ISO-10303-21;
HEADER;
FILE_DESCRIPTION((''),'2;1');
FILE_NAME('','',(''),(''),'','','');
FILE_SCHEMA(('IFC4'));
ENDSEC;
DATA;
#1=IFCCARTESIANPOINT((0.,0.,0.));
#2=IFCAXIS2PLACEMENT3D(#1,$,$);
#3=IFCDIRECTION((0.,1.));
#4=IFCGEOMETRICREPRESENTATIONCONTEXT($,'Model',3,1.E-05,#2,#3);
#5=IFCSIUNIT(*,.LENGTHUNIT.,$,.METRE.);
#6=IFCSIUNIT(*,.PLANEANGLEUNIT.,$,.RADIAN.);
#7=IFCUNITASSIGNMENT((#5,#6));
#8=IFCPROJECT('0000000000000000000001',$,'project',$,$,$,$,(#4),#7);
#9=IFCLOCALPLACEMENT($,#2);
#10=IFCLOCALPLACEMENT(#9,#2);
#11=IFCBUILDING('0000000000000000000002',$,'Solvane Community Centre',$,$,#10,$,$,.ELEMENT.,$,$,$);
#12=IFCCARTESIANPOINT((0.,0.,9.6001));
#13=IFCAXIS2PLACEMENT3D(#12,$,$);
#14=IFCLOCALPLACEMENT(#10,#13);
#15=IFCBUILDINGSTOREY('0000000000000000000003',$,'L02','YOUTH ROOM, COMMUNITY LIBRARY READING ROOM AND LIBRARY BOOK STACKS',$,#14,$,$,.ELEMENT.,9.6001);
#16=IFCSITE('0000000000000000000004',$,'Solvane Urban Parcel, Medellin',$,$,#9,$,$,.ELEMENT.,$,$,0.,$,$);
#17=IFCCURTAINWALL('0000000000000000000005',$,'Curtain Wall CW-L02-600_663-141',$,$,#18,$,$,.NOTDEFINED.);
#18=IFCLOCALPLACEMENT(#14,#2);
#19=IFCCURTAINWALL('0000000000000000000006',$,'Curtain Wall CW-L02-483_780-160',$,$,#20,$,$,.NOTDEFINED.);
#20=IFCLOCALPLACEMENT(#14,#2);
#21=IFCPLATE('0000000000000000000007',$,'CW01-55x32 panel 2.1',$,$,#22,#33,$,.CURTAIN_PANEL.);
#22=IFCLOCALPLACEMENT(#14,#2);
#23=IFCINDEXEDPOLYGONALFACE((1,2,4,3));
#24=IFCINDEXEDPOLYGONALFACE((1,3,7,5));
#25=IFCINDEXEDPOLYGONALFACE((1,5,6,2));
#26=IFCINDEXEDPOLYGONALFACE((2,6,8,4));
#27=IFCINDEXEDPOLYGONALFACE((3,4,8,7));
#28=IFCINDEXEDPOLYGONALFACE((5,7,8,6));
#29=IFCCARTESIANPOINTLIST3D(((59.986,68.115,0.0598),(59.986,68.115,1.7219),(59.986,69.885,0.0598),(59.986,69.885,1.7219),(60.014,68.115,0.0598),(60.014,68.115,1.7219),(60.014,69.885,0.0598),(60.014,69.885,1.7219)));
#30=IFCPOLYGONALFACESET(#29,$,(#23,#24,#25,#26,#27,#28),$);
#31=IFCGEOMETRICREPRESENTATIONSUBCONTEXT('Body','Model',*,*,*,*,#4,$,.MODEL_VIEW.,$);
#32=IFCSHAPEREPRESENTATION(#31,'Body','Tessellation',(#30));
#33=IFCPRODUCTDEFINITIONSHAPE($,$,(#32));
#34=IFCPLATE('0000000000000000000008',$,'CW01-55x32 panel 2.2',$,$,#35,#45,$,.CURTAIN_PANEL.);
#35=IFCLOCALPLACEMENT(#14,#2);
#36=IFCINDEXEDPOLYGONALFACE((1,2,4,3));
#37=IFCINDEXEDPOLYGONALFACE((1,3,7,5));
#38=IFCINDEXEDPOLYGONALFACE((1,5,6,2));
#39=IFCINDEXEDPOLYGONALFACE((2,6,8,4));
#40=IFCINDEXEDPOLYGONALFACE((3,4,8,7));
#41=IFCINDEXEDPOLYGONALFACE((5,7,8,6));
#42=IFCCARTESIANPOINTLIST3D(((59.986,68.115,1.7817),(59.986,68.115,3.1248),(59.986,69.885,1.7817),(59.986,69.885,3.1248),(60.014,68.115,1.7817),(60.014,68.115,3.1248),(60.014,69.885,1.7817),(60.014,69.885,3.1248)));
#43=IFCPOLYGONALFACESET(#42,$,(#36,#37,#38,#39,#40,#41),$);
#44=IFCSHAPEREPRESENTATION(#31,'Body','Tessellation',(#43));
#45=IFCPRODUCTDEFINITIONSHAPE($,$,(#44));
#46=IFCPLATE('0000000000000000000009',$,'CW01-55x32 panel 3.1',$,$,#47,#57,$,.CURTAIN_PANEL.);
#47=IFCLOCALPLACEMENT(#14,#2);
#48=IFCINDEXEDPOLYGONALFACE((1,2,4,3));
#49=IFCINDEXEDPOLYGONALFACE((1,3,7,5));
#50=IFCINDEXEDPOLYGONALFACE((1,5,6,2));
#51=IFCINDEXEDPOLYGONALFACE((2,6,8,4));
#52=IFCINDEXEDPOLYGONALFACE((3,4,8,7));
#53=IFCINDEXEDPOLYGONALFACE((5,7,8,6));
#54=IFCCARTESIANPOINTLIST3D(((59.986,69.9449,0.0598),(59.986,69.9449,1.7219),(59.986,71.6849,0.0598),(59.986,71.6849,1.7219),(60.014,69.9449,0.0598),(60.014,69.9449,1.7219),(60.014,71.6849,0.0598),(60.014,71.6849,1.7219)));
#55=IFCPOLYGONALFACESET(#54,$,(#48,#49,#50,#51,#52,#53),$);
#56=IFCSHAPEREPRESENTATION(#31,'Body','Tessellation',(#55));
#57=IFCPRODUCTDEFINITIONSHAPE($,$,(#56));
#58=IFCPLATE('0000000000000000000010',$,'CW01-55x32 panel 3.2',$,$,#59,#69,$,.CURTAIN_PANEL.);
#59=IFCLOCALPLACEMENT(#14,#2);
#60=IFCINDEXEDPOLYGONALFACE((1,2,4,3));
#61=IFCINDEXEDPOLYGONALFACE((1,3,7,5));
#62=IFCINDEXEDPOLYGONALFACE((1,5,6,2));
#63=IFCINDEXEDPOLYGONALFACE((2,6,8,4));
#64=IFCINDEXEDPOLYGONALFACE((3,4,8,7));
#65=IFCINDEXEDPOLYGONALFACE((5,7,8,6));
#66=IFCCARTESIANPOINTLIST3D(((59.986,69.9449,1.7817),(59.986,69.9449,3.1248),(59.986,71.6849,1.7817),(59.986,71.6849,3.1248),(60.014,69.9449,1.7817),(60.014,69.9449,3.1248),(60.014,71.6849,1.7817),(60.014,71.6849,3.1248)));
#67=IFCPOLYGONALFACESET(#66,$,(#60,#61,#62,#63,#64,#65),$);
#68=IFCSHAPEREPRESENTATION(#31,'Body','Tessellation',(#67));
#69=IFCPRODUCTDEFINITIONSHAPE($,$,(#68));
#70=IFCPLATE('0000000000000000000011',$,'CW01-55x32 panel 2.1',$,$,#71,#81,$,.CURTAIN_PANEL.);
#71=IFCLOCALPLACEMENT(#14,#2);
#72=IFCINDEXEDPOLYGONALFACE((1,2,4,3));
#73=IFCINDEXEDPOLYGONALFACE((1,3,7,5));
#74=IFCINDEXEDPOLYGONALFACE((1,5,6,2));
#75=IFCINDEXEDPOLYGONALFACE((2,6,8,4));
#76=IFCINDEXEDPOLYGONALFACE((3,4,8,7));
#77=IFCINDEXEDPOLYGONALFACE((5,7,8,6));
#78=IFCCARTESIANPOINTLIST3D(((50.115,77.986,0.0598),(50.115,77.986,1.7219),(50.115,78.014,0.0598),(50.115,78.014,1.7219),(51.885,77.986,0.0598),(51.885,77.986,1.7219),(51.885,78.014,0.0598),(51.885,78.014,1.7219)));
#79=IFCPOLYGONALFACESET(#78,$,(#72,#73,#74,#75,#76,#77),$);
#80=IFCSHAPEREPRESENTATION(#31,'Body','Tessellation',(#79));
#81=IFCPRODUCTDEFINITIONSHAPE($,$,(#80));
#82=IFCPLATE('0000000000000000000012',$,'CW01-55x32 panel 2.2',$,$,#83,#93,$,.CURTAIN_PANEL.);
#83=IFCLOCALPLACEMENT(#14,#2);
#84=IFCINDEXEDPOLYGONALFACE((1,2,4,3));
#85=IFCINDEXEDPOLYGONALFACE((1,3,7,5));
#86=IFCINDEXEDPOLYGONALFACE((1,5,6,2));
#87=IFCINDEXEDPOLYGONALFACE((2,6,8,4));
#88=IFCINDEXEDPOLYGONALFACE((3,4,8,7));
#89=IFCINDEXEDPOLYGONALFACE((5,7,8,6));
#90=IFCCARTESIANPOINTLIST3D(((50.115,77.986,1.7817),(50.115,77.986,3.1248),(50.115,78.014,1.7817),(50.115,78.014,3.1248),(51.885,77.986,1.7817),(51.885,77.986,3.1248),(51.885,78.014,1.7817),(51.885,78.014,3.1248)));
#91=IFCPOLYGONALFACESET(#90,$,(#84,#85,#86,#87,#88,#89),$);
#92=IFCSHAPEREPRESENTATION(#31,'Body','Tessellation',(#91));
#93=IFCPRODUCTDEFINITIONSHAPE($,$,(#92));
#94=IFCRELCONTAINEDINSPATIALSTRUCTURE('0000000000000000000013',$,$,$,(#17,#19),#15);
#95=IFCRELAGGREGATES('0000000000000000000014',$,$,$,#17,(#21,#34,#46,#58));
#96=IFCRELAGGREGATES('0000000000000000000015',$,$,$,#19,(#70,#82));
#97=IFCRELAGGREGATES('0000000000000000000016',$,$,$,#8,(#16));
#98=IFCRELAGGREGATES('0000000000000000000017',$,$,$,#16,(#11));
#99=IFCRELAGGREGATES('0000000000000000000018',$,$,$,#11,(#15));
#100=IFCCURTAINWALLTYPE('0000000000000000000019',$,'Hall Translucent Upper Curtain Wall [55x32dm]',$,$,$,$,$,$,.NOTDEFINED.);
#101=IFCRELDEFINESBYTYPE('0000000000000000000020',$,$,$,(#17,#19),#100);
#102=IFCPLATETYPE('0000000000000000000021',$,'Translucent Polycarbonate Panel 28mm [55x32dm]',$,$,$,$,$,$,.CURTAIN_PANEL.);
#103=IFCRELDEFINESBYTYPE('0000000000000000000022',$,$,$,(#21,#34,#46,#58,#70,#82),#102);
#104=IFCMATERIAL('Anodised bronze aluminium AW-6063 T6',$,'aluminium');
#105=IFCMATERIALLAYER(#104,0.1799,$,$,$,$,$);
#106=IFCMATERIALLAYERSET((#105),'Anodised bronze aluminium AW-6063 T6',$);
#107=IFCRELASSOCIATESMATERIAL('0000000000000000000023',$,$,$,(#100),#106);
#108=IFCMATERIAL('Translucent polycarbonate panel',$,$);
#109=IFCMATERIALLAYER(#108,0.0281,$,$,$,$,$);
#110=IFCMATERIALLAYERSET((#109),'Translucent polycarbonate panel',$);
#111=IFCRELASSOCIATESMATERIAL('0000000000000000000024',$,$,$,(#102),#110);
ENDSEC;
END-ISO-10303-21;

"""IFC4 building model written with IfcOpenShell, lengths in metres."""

from ifc_helpers import new_model, si_unit, direction, frame, origin, origin_2d, place, context, subcontext, project, spatial, rectangle, extrude, material, layer, layer_set, type_object, element, aggregate, save


model = new_model("IFC4")

# Units and contexts
model_context = context("Model", 3, precision=1e-05, world=origin(), true_north=direction((0.0, 1.0)))
body_context = subcontext(model_context, "Body", "Model", "MODEL_VIEW")
ifc_project = project(units=[si_unit("LENGTHUNIT", "METRE"), si_unit("PLANEANGLEUNIT", "RADIAN")], contexts=[model_context])

# Site, building, storey
site_placement = place(None, origin())
site = spatial("IfcSite", under=ifc_project, at=site_placement, Name="Solvane Urban Parcel, Medellin", CompositionType="ELEMENT", RefElevation=0.0)
building_placement = place(site_placement, origin())
building = spatial("IfcBuilding", under=site, at=building_placement, Name="Solvane Community Centre", CompositionType="ELEMENT")
storey_placement = place(building_placement, frame((0.0, 0.0, 9.6001)))
storey = spatial("IfcBuildingStorey", under=building, at=storey_placement, Name="L02", Description="YOUTH ROOM, COMMUNITY LIBRARY READING ROOM AND LIBRARY BOOK STACKS", CompositionType="ELEMENT", Elevation=9.6001)

# Curtain walls
ifc_material_1 = material(Name="Anodised bronze aluminium AW-6063 T6", Category="aluminium")
ifc_layer_1 = layer(ifc_material_1, 0.1799)
ifc_layer_set_1 = layer_set([ifc_layer_1], Name="Anodised bronze aluminium AW-6063 T6")
curtain_wall_type = type_object("IfcCurtainWallType", Name="Hall Translucent Upper Curtain Wall [55x32dm]", PredefinedType="NOTDEFINED", material=ifc_layer_set_1)
curtain_wall_1_placement = place(storey_placement, origin())
curtain_wall_1 = element("IfcCurtainWall", 1, at=curtain_wall_1_placement, inside=storey, type_object=curtain_wall_type, Name="Curtain Wall CW-L02-600_663-141", PredefinedType="NOTDEFINED")
curtain_wall_2_placement = place(storey_placement, origin())
curtain_wall_2 = element("IfcCurtainWall", 2, at=curtain_wall_2_placement, inside=storey, type_object=curtain_wall_type, Name="Curtain Wall CW-L02-483_780-160", PredefinedType="NOTDEFINED")

# Plates
ifc_material_2 = material(Name="Translucent polycarbonate panel")
ifc_layer_2 = layer(ifc_material_2, 0.0281)
ifc_layer_set_2 = layer_set([ifc_layer_2], Name="Translucent polycarbonate panel")
plate_type = type_object("IfcPlateType", Name="Translucent Polycarbonate Panel 28mm [55x32dm]", PredefinedType="CURTAIN_PANEL", material=ifc_layer_set_2)
plate_1_placement = place(storey_placement, frame((60.0, 69.0, 0.0598), z_axis=(0.0, 0.0, 1.0), x_axis=(0.0, 1.0, 0.0)))
plate_1 = element("IfcPlate", 3, at=plate_1_placement, type_object=plate_type, Name="CW01-55x32 panel 2.1", PredefinedType="CURTAIN_PANEL", context=body_context, shape_type="SweptSolid", body=[
    extrude(rectangle(XDim=1.77, YDim=0.0281, at=origin_2d()), origin(), (0.0, 0.0, 1.0), 1.6621),
])
plate_2_placement = place(storey_placement, frame((60.0, 69.0, 1.7817), z_axis=(0.0, 0.0, 1.0), x_axis=(0.0, 1.0, 0.0)))
plate_2 = element("IfcPlate", 4, at=plate_2_placement, type_object=plate_type, Name="CW01-55x32 panel 2.2", PredefinedType="CURTAIN_PANEL", context=body_context, shape_type="SweptSolid", body=[
    extrude(rectangle(XDim=1.77, YDim=0.0281, at=origin_2d()), origin(), (0.0, 0.0, 1.0), 1.343),
])
plate_3_placement = place(storey_placement, frame((60.0, 70.8149, 0.0598), z_axis=(0.0, 0.0, 1.0), x_axis=(0.0, 1.0, 0.0)))
plate_3 = element("IfcPlate", 5, at=plate_3_placement, type_object=plate_type, Name="CW01-55x32 panel 3.1", PredefinedType="CURTAIN_PANEL", context=body_context, shape_type="SweptSolid", body=[
    extrude(rectangle(XDim=1.74, YDim=0.0281, at=origin_2d()), origin(), (0.0, 0.0, 1.0), 1.6621),
])
plate_4_placement = place(storey_placement, frame((60.0, 70.8149, 1.7817), z_axis=(0.0, 0.0, 1.0), x_axis=(0.0, 1.0, 0.0)))
plate_4 = element("IfcPlate", 6, at=plate_4_placement, type_object=plate_type, Name="CW01-55x32 panel 3.2", PredefinedType="CURTAIN_PANEL", context=body_context, shape_type="SweptSolid", body=[
    extrude(rectangle(XDim=1.74, YDim=0.0281, at=origin_2d()), origin(), (0.0, 0.0, 1.0), 1.343),
])
aggregate(curtain_wall_1, [plate_1, plate_2, plate_3, plate_4])
plate_5_placement = place(storey_placement, frame((51.0, 78.0, 0.0598), z_axis=(0.0, 0.0, 1.0), x_axis=(1.0, 0.0, 0.0)))
plate_5 = element("IfcPlate", 7, at=plate_5_placement, type_object=plate_type, Name="CW01-55x32 panel 2.1", PredefinedType="CURTAIN_PANEL", context=body_context, shape_type="SweptSolid", body=[
    extrude(rectangle(XDim=1.77, YDim=0.0281, at=origin_2d()), origin(), (0.0, 0.0, 1.0), 1.6621),
])
plate_6_placement = place(storey_placement, frame((51.0, 78.0, 1.7817), z_axis=(0.0, 0.0, 1.0), x_axis=(1.0, 0.0, 0.0)))
plate_6 = element("IfcPlate", 8, at=plate_6_placement, type_object=plate_type, Name="CW01-55x32 panel 2.2", PredefinedType="CURTAIN_PANEL", context=body_context, shape_type="SweptSolid", body=[
    extrude(rectangle(XDim=1.77, YDim=0.0281, at=origin_2d()), origin(), (0.0, 0.0, 1.0), 1.343),
])
aggregate(curtain_wall_2, [plate_5, plate_6])

save(model, "model.ifc")
